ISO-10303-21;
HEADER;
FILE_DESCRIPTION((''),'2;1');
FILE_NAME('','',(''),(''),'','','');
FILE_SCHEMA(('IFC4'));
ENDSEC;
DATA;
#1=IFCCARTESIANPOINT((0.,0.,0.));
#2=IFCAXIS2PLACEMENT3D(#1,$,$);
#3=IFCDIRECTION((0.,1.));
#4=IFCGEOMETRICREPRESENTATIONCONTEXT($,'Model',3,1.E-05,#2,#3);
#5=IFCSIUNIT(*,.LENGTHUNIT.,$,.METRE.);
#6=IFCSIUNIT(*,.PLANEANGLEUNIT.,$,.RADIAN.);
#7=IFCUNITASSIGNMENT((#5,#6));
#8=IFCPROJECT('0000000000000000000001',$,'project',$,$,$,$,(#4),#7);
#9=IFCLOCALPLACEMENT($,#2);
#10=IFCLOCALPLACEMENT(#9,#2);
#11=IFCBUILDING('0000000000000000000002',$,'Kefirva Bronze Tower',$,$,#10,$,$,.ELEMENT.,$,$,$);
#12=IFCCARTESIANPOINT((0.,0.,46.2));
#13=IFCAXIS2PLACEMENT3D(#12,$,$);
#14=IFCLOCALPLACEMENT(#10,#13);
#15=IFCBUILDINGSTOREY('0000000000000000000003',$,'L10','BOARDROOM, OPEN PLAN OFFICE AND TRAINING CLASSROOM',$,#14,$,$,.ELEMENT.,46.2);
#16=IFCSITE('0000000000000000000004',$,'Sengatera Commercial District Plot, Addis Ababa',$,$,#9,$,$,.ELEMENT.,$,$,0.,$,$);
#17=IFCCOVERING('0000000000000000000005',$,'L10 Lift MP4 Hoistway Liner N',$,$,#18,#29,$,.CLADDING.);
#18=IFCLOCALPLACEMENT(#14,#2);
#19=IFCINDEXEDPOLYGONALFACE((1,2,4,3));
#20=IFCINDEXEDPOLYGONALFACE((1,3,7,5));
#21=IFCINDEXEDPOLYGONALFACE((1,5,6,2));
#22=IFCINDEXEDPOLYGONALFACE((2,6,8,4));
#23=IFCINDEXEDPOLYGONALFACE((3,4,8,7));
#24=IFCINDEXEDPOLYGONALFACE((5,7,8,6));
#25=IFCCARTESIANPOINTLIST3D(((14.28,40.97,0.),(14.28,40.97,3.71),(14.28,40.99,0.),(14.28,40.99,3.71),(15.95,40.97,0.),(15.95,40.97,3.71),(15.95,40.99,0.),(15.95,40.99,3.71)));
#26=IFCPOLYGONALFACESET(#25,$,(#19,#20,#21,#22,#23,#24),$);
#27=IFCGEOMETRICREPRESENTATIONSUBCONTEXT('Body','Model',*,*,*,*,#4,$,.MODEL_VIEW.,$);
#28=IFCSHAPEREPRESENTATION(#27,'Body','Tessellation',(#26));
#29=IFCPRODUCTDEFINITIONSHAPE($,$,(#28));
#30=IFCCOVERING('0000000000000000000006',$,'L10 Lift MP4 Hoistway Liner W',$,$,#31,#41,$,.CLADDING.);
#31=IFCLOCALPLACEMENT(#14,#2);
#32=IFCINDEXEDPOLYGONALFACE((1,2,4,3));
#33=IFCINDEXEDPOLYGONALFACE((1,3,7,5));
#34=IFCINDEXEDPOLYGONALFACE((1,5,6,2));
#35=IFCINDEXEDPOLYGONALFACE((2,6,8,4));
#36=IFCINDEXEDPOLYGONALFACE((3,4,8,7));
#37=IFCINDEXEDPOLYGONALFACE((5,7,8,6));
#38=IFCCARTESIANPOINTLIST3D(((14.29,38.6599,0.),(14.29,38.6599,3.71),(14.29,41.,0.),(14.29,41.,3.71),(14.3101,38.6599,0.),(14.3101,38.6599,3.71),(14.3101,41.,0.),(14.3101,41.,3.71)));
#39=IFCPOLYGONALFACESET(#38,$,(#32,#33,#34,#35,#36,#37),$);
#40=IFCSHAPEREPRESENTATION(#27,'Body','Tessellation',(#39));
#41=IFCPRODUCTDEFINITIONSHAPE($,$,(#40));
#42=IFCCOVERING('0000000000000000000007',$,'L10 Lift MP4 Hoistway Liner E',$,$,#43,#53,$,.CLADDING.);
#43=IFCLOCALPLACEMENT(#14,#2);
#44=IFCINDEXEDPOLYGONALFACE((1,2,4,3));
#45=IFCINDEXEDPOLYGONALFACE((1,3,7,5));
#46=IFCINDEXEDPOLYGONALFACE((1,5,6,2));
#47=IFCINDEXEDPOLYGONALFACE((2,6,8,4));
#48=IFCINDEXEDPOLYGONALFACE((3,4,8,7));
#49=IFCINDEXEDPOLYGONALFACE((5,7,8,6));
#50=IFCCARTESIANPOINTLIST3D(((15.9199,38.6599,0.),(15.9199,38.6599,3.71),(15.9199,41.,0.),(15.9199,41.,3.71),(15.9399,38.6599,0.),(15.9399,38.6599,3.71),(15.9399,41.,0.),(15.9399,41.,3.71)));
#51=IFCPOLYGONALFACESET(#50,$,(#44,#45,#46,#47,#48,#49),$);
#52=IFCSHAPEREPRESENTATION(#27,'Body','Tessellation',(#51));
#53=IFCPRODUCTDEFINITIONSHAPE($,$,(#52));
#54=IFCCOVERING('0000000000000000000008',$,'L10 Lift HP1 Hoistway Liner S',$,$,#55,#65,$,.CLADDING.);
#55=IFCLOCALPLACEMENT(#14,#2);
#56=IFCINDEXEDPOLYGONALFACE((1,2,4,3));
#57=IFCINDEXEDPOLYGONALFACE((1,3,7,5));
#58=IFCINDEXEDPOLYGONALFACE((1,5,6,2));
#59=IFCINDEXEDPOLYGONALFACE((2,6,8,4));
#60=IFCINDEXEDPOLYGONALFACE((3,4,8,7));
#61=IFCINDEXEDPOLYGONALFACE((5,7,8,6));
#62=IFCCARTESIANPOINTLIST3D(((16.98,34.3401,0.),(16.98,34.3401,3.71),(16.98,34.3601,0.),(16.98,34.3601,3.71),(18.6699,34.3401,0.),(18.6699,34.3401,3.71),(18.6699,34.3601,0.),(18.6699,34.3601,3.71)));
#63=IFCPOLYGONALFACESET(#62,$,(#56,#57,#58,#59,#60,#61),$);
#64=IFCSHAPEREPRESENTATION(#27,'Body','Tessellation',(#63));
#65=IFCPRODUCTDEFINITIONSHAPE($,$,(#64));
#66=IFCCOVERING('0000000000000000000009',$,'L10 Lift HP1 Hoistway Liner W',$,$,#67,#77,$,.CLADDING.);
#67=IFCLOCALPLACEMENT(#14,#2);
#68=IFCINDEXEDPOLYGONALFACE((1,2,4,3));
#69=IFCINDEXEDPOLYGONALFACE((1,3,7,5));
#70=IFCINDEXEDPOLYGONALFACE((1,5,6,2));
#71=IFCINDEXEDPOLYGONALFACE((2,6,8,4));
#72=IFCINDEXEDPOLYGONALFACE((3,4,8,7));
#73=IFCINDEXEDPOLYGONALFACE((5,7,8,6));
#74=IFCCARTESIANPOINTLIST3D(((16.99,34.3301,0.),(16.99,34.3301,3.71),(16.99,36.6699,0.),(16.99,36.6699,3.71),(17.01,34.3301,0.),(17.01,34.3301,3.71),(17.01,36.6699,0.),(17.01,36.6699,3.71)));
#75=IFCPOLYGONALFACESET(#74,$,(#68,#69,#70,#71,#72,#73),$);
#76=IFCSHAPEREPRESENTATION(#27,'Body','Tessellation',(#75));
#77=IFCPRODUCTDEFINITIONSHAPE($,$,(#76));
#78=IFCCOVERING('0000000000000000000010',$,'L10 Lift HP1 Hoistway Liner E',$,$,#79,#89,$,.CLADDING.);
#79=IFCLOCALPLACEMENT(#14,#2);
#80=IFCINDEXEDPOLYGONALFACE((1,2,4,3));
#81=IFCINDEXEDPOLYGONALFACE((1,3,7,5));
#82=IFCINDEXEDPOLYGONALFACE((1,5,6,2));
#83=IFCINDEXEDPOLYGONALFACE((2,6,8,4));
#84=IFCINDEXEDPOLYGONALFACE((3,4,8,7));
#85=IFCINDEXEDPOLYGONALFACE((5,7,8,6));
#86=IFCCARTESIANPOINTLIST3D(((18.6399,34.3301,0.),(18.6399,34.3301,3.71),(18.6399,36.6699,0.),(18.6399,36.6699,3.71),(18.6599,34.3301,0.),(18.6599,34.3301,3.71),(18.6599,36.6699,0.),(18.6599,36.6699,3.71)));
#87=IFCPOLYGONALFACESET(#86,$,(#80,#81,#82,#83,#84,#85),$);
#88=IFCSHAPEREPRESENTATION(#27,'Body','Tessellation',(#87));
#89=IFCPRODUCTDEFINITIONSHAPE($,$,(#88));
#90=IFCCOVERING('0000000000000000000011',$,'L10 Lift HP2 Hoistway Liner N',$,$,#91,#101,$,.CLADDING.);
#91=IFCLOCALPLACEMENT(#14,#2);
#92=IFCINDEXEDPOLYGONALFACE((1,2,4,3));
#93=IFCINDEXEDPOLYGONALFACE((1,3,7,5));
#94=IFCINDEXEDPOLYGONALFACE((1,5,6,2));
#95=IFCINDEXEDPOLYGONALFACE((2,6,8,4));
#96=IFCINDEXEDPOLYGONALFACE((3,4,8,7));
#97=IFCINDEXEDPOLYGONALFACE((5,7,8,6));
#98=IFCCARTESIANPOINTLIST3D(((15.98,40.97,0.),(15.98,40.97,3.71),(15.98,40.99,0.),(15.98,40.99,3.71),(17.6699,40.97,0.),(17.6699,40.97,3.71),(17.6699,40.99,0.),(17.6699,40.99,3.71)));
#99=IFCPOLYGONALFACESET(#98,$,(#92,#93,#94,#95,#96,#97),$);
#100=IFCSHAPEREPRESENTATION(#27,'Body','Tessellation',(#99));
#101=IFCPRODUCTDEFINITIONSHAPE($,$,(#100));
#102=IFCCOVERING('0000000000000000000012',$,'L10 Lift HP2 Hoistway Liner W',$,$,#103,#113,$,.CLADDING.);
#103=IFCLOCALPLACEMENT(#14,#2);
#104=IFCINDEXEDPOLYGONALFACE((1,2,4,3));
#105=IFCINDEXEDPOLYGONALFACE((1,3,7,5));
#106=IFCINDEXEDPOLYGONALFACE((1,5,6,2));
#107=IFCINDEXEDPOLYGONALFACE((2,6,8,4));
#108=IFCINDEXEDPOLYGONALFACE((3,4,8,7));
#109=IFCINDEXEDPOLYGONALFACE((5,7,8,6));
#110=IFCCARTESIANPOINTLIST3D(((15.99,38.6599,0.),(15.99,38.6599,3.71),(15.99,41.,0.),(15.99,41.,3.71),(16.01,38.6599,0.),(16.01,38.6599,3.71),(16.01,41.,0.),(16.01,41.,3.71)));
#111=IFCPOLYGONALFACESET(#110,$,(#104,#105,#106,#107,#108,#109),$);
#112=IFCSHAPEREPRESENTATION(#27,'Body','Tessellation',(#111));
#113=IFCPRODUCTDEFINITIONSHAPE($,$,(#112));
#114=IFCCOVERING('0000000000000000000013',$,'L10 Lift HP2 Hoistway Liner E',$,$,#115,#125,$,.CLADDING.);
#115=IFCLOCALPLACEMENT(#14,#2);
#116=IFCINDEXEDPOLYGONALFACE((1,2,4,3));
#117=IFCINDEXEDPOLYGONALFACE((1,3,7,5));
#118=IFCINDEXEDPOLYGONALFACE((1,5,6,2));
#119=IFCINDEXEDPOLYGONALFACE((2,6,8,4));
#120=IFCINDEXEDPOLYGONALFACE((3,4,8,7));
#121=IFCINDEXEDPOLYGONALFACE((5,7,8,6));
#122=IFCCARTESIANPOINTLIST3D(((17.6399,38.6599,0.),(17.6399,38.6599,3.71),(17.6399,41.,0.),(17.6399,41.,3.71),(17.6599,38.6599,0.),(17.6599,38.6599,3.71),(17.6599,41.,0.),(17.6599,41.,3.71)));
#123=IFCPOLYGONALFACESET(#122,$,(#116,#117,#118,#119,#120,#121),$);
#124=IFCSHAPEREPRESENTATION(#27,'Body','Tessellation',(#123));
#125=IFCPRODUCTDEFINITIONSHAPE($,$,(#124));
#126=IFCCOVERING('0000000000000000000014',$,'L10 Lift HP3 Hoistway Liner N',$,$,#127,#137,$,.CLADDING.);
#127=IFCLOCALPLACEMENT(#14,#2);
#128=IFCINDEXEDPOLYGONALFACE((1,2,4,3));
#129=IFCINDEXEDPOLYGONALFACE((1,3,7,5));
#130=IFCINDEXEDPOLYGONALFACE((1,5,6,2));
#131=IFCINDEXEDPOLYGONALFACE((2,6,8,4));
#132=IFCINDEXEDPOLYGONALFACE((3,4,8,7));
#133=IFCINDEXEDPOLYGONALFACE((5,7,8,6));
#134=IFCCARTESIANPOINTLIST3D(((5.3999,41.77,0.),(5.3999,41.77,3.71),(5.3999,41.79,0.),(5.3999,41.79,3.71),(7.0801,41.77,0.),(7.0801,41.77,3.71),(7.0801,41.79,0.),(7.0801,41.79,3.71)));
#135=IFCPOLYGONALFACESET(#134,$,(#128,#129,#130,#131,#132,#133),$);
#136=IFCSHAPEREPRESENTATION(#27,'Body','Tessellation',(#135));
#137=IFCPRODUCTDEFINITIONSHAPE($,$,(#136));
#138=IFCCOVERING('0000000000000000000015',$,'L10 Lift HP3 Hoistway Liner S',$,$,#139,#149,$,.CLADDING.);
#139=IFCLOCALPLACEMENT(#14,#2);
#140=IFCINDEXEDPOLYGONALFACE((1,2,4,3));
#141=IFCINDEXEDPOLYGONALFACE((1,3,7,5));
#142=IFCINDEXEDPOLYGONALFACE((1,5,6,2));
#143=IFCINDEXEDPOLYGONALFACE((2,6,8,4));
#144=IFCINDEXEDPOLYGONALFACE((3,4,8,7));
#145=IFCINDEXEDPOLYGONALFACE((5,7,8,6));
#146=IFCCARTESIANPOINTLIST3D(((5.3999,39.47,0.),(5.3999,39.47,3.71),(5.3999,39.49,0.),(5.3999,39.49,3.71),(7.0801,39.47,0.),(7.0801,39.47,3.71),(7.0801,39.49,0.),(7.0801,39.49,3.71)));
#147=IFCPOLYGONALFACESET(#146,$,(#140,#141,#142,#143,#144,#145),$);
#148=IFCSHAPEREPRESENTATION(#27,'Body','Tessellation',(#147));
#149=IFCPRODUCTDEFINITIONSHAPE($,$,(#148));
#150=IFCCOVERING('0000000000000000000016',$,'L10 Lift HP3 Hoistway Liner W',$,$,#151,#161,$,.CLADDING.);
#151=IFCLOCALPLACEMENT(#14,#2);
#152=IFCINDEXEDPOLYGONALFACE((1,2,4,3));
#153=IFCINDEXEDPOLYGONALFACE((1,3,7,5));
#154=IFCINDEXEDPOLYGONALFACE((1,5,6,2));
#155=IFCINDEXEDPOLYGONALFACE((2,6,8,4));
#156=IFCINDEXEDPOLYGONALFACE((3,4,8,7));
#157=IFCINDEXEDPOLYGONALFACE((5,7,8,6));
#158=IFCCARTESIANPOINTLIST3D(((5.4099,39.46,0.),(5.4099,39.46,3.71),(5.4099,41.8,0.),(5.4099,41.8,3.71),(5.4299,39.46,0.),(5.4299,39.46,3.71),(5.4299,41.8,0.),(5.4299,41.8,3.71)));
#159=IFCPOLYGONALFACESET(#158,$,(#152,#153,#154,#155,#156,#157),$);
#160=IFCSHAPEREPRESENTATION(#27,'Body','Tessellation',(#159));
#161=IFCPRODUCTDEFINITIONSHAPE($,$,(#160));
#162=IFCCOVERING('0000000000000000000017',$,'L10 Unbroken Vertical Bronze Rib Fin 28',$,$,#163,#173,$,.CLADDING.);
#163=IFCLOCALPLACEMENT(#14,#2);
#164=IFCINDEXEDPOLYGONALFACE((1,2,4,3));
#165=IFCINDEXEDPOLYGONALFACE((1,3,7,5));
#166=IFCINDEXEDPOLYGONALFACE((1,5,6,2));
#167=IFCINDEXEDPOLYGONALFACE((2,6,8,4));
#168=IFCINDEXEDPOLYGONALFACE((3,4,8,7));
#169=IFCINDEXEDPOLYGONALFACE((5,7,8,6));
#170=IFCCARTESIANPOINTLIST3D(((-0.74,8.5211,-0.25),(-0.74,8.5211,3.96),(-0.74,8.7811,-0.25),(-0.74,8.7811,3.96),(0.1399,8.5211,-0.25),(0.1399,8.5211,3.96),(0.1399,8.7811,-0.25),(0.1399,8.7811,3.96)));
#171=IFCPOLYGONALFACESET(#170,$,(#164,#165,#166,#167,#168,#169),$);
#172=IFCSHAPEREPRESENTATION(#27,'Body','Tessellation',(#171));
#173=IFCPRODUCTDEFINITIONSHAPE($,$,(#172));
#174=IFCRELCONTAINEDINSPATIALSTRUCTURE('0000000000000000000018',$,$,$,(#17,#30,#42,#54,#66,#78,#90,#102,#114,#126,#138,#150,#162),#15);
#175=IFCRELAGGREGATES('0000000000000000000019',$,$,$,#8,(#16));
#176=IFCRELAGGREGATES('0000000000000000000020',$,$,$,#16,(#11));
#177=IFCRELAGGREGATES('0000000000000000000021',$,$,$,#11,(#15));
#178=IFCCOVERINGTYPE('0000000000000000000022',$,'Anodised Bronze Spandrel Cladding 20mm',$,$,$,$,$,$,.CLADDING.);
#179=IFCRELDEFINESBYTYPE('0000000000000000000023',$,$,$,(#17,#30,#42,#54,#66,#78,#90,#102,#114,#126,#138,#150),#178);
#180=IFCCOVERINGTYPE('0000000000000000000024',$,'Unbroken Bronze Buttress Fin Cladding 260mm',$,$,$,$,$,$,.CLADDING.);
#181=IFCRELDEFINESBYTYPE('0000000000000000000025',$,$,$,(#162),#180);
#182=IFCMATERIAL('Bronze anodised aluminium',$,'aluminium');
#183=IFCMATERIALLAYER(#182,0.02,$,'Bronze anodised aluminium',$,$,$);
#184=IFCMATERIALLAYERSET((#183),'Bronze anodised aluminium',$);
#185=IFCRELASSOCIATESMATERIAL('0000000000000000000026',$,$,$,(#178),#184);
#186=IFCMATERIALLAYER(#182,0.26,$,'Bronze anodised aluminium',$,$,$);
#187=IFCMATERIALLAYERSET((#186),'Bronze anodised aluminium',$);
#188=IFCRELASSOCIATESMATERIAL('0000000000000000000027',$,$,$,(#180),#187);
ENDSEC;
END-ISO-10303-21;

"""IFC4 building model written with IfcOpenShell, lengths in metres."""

from ifc_helpers import new_model, si_unit, direction, frame, origin, origin_2d, place, context, subcontext, project, spatial, polyline, rectangle, outline, extrude, material, layer, layer_set, type_object, element, save


model = new_model("IFC4")

# Units and contexts
model_context = context("Model", 3, precision=1e-05, world=origin(), true_north=direction((0.0, 1.0)))
body_context = subcontext(model_context, "Body", "Model", "MODEL_VIEW")
ifc_project = project(units=[si_unit("LENGTHUNIT", "METRE"), si_unit("PLANEANGLEUNIT", "RADIAN")], contexts=[model_context])

# Site, building, storey
site_placement = place(None, origin())
site = spatial("IfcSite", under=ifc_project, at=site_placement, Name="Sengatera Commercial District Plot, Addis Ababa", CompositionType="ELEMENT", RefElevation=0.0)
building_placement = place(site_placement, origin())
building = spatial("IfcBuilding", under=site, at=building_placement, Name="Kefirva Bronze Tower", CompositionType="ELEMENT")
storey_placement = place(building_placement, frame((0.0, 0.0, 46.2)))
storey = spatial("IfcBuildingStorey", under=building, at=storey_placement, Name="L10", Description="BOARDROOM, OPEN PLAN OFFICE AND TRAINING CLASSROOM", CompositionType="ELEMENT", Elevation=46.2)

# Coverings
ifc_material = material(Name="Bronze anodised aluminium", Category="aluminium")
ifc_layer_1 = layer(ifc_material, 0.02, Name="Bronze anodised aluminium")
ifc_layer_set_1 = layer_set([ifc_layer_1], Name="Bronze anodised aluminium")
covering_type_1 = type_object("IfcCoveringType", Name="Anodised Bronze Spandrel Cladding 20mm", PredefinedType="CLADDING", material=ifc_layer_set_1)
covering_1_placement = place(storey_placement, origin())
element("IfcCovering", 1, at=covering_1_placement, inside=storey, type_object=covering_type_1, Name="L10 Lift MP4 Hoistway Liner N", PredefinedType="CLADDING", context=body_context, shape_type="SweptSolid", body=[
    extrude(outline(polyline([(14.28, 40.97), (15.95, 40.97), (15.95, 40.99), (14.28, 40.99), (14.28, 40.97)])), origin(), (0.0, 0.0, 1.0), 3.71),
])
covering_2_placement = place(storey_placement, origin())
element("IfcCovering", 2, at=covering_2_placement, inside=storey, type_object=covering_type_1, Name="L10 Lift MP4 Hoistway Liner W", PredefinedType="CLADDING", context=body_context, shape_type="SweptSolid", body=[
    extrude(outline(polyline([(14.29, 38.6599), (14.3101, 38.6599), (14.3101, 41.0), (14.29, 41.0), (14.29, 38.6599)])), origin(), (0.0, 0.0, 1.0), 3.71),
])
covering_3_placement = place(storey_placement, origin())
element("IfcCovering", 3, at=covering_3_placement, inside=storey, type_object=covering_type_1, Name="L10 Lift MP4 Hoistway Liner E", PredefinedType="CLADDING", context=body_context, shape_type="SweptSolid", body=[
    extrude(outline(polyline([(15.9199, 38.6599), (15.9399, 38.6599), (15.9399, 41.0), (15.9199, 41.0), (15.9199, 38.6599)])), origin(), (0.0, 0.0, 1.0), 3.71),
])
covering_4_placement = place(storey_placement, origin())
element("IfcCovering", 4, at=covering_4_placement, inside=storey, type_object=covering_type_1, Name="L10 Lift HP1 Hoistway Liner S", PredefinedType="CLADDING", context=body_context, shape_type="SweptSolid", body=[
    extrude(outline(polyline([(16.98, 34.3401), (18.6699, 34.3401), (18.6699, 34.3601), (16.98, 34.3601), (16.98, 34.3401)])), origin(), (0.0, 0.0, 1.0), 3.71),
])
covering_5_placement = place(storey_placement, origin())
element("IfcCovering", 5, at=covering_5_placement, inside=storey, type_object=covering_type_1, Name="L10 Lift HP1 Hoistway Liner W", PredefinedType="CLADDING", context=body_context, shape_type="SweptSolid", body=[
    extrude(outline(polyline([(16.99, 34.3301), (17.01, 34.3301), (17.01, 36.6699), (16.99, 36.6699), (16.99, 34.3301)])), origin(), (0.0, 0.0, 1.0), 3.71),
])
covering_6_placement = place(storey_placement, origin())
element("IfcCovering", 6, at=covering_6_placement, inside=storey, type_object=covering_type_1, Name="L10 Lift HP1 Hoistway Liner E", PredefinedType="CLADDING", context=body_context, shape_type="SweptSolid", body=[
    extrude(outline(polyline([(18.6399, 34.3301), (18.6599, 34.3301), (18.6599, 36.6699), (18.6399, 36.6699), (18.6399, 34.3301)])), origin(), (0.0, 0.0, 1.0), 3.71),
])
covering_7_placement = place(storey_placement, origin())
element("IfcCovering", 7, at=covering_7_placement, inside=storey, type_object=covering_type_1, Name="L10 Lift HP2 Hoistway Liner N", PredefinedType="CLADDING", context=body_context, shape_type="SweptSolid", body=[
    extrude(outline(polyline([(15.98, 40.97), (17.6699, 40.97), (17.6699, 40.99), (15.98, 40.99), (15.98, 40.97)])), origin(), (0.0, 0.0, 1.0), 3.71),
])
covering_8_placement = place(storey_placement, origin())
element("IfcCovering", 8, at=covering_8_placement, inside=storey, type_object=covering_type_1, Name="L10 Lift HP2 Hoistway Liner W", PredefinedType="CLADDING", context=body_context, shape_type="SweptSolid", body=[
    extrude(outline(polyline([(15.99, 38.6599), (16.01, 38.6599), (16.01, 41.0), (15.99, 41.0), (15.99, 38.6599)])), origin(), (0.0, 0.0, 1.0), 3.71),
])
covering_9_placement = place(storey_placement, origin())
element("IfcCovering", 9, at=covering_9_placement, inside=storey, type_object=covering_type_1, Name="L10 Lift HP2 Hoistway Liner E", PredefinedType="CLADDING", context=body_context, shape_type="SweptSolid", body=[
    extrude(outline(polyline([(17.6399, 38.6599), (17.6599, 38.6599), (17.6599, 41.0), (17.6399, 41.0), (17.6399, 38.6599)])), origin(), (0.0, 0.0, 1.0), 3.71),
])
covering_10_placement = place(storey_placement, origin())
element("IfcCovering", 10, at=covering_10_placement, inside=storey, type_object=covering_type_1, Name="L10 Lift HP3 Hoistway Liner N", PredefinedType="CLADDING", context=body_context, shape_type="SweptSolid", body=[
    extrude(outline(polyline([(5.3999, 41.77), (7.0801, 41.77), (7.0801, 41.79), (5.3999, 41.79), (5.3999, 41.77)])), origin(), (0.0, 0.0, 1.0), 3.71),
])
covering_11_placement = place(storey_placement, origin())
element("IfcCovering", 11, at=covering_11_placement, inside=storey, type_object=covering_type_1, Name="L10 Lift HP3 Hoistway Liner S", PredefinedType="CLADDING", context=body_context, shape_type="SweptSolid", body=[
    extrude(outline(polyline([(5.3999, 39.47), (7.0801, 39.47), (7.0801, 39.49), (5.3999, 39.49), (5.3999, 39.47)])), origin(), (0.0, 0.0, 1.0), 3.71),
])
covering_12_placement = place(storey_placement, origin())
element("IfcCovering", 12, at=covering_12_placement, inside=storey, type_object=covering_type_1, Name="L10 Lift HP3 Hoistway Liner W", PredefinedType="CLADDING", context=body_context, shape_type="SweptSolid", body=[
    extrude(outline(polyline([(5.4099, 39.46), (5.4299, 39.46), (5.4299, 41.8), (5.4099, 41.8), (5.4099, 39.46)])), origin(), (0.0, 0.0, 1.0), 3.71),
])
ifc_layer_2 = layer(ifc_material, 0.26, Name="Bronze anodised aluminium")
ifc_layer_set_2 = layer_set([ifc_layer_2], Name="Bronze anodised aluminium")
covering_type_2 = type_object("IfcCoveringType", Name="Unbroken Bronze Buttress Fin Cladding 260mm", PredefinedType="CLADDING", material=ifc_layer_set_2)
covering_13_placement = place(storey_placement, frame((-0.3, 8.6511, -0.25), z_axis=(0.0, 0.0, 1.0), x_axis=(0.0, -1.0, 0.0)))
element("IfcCovering", 13, at=covering_13_placement, inside=storey, type_object=covering_type_2, Name="L10 Unbroken Vertical Bronze Rib Fin 28", PredefinedType="CLADDING", context=body_context, shape_type="SweptSolid", body=[
    extrude(rectangle(XDim=0.26, YDim=0.8799, at=origin_2d()), origin(), (0.0, 0.0, 1.0), 4.21),
])

save(model, "model.ifc")
